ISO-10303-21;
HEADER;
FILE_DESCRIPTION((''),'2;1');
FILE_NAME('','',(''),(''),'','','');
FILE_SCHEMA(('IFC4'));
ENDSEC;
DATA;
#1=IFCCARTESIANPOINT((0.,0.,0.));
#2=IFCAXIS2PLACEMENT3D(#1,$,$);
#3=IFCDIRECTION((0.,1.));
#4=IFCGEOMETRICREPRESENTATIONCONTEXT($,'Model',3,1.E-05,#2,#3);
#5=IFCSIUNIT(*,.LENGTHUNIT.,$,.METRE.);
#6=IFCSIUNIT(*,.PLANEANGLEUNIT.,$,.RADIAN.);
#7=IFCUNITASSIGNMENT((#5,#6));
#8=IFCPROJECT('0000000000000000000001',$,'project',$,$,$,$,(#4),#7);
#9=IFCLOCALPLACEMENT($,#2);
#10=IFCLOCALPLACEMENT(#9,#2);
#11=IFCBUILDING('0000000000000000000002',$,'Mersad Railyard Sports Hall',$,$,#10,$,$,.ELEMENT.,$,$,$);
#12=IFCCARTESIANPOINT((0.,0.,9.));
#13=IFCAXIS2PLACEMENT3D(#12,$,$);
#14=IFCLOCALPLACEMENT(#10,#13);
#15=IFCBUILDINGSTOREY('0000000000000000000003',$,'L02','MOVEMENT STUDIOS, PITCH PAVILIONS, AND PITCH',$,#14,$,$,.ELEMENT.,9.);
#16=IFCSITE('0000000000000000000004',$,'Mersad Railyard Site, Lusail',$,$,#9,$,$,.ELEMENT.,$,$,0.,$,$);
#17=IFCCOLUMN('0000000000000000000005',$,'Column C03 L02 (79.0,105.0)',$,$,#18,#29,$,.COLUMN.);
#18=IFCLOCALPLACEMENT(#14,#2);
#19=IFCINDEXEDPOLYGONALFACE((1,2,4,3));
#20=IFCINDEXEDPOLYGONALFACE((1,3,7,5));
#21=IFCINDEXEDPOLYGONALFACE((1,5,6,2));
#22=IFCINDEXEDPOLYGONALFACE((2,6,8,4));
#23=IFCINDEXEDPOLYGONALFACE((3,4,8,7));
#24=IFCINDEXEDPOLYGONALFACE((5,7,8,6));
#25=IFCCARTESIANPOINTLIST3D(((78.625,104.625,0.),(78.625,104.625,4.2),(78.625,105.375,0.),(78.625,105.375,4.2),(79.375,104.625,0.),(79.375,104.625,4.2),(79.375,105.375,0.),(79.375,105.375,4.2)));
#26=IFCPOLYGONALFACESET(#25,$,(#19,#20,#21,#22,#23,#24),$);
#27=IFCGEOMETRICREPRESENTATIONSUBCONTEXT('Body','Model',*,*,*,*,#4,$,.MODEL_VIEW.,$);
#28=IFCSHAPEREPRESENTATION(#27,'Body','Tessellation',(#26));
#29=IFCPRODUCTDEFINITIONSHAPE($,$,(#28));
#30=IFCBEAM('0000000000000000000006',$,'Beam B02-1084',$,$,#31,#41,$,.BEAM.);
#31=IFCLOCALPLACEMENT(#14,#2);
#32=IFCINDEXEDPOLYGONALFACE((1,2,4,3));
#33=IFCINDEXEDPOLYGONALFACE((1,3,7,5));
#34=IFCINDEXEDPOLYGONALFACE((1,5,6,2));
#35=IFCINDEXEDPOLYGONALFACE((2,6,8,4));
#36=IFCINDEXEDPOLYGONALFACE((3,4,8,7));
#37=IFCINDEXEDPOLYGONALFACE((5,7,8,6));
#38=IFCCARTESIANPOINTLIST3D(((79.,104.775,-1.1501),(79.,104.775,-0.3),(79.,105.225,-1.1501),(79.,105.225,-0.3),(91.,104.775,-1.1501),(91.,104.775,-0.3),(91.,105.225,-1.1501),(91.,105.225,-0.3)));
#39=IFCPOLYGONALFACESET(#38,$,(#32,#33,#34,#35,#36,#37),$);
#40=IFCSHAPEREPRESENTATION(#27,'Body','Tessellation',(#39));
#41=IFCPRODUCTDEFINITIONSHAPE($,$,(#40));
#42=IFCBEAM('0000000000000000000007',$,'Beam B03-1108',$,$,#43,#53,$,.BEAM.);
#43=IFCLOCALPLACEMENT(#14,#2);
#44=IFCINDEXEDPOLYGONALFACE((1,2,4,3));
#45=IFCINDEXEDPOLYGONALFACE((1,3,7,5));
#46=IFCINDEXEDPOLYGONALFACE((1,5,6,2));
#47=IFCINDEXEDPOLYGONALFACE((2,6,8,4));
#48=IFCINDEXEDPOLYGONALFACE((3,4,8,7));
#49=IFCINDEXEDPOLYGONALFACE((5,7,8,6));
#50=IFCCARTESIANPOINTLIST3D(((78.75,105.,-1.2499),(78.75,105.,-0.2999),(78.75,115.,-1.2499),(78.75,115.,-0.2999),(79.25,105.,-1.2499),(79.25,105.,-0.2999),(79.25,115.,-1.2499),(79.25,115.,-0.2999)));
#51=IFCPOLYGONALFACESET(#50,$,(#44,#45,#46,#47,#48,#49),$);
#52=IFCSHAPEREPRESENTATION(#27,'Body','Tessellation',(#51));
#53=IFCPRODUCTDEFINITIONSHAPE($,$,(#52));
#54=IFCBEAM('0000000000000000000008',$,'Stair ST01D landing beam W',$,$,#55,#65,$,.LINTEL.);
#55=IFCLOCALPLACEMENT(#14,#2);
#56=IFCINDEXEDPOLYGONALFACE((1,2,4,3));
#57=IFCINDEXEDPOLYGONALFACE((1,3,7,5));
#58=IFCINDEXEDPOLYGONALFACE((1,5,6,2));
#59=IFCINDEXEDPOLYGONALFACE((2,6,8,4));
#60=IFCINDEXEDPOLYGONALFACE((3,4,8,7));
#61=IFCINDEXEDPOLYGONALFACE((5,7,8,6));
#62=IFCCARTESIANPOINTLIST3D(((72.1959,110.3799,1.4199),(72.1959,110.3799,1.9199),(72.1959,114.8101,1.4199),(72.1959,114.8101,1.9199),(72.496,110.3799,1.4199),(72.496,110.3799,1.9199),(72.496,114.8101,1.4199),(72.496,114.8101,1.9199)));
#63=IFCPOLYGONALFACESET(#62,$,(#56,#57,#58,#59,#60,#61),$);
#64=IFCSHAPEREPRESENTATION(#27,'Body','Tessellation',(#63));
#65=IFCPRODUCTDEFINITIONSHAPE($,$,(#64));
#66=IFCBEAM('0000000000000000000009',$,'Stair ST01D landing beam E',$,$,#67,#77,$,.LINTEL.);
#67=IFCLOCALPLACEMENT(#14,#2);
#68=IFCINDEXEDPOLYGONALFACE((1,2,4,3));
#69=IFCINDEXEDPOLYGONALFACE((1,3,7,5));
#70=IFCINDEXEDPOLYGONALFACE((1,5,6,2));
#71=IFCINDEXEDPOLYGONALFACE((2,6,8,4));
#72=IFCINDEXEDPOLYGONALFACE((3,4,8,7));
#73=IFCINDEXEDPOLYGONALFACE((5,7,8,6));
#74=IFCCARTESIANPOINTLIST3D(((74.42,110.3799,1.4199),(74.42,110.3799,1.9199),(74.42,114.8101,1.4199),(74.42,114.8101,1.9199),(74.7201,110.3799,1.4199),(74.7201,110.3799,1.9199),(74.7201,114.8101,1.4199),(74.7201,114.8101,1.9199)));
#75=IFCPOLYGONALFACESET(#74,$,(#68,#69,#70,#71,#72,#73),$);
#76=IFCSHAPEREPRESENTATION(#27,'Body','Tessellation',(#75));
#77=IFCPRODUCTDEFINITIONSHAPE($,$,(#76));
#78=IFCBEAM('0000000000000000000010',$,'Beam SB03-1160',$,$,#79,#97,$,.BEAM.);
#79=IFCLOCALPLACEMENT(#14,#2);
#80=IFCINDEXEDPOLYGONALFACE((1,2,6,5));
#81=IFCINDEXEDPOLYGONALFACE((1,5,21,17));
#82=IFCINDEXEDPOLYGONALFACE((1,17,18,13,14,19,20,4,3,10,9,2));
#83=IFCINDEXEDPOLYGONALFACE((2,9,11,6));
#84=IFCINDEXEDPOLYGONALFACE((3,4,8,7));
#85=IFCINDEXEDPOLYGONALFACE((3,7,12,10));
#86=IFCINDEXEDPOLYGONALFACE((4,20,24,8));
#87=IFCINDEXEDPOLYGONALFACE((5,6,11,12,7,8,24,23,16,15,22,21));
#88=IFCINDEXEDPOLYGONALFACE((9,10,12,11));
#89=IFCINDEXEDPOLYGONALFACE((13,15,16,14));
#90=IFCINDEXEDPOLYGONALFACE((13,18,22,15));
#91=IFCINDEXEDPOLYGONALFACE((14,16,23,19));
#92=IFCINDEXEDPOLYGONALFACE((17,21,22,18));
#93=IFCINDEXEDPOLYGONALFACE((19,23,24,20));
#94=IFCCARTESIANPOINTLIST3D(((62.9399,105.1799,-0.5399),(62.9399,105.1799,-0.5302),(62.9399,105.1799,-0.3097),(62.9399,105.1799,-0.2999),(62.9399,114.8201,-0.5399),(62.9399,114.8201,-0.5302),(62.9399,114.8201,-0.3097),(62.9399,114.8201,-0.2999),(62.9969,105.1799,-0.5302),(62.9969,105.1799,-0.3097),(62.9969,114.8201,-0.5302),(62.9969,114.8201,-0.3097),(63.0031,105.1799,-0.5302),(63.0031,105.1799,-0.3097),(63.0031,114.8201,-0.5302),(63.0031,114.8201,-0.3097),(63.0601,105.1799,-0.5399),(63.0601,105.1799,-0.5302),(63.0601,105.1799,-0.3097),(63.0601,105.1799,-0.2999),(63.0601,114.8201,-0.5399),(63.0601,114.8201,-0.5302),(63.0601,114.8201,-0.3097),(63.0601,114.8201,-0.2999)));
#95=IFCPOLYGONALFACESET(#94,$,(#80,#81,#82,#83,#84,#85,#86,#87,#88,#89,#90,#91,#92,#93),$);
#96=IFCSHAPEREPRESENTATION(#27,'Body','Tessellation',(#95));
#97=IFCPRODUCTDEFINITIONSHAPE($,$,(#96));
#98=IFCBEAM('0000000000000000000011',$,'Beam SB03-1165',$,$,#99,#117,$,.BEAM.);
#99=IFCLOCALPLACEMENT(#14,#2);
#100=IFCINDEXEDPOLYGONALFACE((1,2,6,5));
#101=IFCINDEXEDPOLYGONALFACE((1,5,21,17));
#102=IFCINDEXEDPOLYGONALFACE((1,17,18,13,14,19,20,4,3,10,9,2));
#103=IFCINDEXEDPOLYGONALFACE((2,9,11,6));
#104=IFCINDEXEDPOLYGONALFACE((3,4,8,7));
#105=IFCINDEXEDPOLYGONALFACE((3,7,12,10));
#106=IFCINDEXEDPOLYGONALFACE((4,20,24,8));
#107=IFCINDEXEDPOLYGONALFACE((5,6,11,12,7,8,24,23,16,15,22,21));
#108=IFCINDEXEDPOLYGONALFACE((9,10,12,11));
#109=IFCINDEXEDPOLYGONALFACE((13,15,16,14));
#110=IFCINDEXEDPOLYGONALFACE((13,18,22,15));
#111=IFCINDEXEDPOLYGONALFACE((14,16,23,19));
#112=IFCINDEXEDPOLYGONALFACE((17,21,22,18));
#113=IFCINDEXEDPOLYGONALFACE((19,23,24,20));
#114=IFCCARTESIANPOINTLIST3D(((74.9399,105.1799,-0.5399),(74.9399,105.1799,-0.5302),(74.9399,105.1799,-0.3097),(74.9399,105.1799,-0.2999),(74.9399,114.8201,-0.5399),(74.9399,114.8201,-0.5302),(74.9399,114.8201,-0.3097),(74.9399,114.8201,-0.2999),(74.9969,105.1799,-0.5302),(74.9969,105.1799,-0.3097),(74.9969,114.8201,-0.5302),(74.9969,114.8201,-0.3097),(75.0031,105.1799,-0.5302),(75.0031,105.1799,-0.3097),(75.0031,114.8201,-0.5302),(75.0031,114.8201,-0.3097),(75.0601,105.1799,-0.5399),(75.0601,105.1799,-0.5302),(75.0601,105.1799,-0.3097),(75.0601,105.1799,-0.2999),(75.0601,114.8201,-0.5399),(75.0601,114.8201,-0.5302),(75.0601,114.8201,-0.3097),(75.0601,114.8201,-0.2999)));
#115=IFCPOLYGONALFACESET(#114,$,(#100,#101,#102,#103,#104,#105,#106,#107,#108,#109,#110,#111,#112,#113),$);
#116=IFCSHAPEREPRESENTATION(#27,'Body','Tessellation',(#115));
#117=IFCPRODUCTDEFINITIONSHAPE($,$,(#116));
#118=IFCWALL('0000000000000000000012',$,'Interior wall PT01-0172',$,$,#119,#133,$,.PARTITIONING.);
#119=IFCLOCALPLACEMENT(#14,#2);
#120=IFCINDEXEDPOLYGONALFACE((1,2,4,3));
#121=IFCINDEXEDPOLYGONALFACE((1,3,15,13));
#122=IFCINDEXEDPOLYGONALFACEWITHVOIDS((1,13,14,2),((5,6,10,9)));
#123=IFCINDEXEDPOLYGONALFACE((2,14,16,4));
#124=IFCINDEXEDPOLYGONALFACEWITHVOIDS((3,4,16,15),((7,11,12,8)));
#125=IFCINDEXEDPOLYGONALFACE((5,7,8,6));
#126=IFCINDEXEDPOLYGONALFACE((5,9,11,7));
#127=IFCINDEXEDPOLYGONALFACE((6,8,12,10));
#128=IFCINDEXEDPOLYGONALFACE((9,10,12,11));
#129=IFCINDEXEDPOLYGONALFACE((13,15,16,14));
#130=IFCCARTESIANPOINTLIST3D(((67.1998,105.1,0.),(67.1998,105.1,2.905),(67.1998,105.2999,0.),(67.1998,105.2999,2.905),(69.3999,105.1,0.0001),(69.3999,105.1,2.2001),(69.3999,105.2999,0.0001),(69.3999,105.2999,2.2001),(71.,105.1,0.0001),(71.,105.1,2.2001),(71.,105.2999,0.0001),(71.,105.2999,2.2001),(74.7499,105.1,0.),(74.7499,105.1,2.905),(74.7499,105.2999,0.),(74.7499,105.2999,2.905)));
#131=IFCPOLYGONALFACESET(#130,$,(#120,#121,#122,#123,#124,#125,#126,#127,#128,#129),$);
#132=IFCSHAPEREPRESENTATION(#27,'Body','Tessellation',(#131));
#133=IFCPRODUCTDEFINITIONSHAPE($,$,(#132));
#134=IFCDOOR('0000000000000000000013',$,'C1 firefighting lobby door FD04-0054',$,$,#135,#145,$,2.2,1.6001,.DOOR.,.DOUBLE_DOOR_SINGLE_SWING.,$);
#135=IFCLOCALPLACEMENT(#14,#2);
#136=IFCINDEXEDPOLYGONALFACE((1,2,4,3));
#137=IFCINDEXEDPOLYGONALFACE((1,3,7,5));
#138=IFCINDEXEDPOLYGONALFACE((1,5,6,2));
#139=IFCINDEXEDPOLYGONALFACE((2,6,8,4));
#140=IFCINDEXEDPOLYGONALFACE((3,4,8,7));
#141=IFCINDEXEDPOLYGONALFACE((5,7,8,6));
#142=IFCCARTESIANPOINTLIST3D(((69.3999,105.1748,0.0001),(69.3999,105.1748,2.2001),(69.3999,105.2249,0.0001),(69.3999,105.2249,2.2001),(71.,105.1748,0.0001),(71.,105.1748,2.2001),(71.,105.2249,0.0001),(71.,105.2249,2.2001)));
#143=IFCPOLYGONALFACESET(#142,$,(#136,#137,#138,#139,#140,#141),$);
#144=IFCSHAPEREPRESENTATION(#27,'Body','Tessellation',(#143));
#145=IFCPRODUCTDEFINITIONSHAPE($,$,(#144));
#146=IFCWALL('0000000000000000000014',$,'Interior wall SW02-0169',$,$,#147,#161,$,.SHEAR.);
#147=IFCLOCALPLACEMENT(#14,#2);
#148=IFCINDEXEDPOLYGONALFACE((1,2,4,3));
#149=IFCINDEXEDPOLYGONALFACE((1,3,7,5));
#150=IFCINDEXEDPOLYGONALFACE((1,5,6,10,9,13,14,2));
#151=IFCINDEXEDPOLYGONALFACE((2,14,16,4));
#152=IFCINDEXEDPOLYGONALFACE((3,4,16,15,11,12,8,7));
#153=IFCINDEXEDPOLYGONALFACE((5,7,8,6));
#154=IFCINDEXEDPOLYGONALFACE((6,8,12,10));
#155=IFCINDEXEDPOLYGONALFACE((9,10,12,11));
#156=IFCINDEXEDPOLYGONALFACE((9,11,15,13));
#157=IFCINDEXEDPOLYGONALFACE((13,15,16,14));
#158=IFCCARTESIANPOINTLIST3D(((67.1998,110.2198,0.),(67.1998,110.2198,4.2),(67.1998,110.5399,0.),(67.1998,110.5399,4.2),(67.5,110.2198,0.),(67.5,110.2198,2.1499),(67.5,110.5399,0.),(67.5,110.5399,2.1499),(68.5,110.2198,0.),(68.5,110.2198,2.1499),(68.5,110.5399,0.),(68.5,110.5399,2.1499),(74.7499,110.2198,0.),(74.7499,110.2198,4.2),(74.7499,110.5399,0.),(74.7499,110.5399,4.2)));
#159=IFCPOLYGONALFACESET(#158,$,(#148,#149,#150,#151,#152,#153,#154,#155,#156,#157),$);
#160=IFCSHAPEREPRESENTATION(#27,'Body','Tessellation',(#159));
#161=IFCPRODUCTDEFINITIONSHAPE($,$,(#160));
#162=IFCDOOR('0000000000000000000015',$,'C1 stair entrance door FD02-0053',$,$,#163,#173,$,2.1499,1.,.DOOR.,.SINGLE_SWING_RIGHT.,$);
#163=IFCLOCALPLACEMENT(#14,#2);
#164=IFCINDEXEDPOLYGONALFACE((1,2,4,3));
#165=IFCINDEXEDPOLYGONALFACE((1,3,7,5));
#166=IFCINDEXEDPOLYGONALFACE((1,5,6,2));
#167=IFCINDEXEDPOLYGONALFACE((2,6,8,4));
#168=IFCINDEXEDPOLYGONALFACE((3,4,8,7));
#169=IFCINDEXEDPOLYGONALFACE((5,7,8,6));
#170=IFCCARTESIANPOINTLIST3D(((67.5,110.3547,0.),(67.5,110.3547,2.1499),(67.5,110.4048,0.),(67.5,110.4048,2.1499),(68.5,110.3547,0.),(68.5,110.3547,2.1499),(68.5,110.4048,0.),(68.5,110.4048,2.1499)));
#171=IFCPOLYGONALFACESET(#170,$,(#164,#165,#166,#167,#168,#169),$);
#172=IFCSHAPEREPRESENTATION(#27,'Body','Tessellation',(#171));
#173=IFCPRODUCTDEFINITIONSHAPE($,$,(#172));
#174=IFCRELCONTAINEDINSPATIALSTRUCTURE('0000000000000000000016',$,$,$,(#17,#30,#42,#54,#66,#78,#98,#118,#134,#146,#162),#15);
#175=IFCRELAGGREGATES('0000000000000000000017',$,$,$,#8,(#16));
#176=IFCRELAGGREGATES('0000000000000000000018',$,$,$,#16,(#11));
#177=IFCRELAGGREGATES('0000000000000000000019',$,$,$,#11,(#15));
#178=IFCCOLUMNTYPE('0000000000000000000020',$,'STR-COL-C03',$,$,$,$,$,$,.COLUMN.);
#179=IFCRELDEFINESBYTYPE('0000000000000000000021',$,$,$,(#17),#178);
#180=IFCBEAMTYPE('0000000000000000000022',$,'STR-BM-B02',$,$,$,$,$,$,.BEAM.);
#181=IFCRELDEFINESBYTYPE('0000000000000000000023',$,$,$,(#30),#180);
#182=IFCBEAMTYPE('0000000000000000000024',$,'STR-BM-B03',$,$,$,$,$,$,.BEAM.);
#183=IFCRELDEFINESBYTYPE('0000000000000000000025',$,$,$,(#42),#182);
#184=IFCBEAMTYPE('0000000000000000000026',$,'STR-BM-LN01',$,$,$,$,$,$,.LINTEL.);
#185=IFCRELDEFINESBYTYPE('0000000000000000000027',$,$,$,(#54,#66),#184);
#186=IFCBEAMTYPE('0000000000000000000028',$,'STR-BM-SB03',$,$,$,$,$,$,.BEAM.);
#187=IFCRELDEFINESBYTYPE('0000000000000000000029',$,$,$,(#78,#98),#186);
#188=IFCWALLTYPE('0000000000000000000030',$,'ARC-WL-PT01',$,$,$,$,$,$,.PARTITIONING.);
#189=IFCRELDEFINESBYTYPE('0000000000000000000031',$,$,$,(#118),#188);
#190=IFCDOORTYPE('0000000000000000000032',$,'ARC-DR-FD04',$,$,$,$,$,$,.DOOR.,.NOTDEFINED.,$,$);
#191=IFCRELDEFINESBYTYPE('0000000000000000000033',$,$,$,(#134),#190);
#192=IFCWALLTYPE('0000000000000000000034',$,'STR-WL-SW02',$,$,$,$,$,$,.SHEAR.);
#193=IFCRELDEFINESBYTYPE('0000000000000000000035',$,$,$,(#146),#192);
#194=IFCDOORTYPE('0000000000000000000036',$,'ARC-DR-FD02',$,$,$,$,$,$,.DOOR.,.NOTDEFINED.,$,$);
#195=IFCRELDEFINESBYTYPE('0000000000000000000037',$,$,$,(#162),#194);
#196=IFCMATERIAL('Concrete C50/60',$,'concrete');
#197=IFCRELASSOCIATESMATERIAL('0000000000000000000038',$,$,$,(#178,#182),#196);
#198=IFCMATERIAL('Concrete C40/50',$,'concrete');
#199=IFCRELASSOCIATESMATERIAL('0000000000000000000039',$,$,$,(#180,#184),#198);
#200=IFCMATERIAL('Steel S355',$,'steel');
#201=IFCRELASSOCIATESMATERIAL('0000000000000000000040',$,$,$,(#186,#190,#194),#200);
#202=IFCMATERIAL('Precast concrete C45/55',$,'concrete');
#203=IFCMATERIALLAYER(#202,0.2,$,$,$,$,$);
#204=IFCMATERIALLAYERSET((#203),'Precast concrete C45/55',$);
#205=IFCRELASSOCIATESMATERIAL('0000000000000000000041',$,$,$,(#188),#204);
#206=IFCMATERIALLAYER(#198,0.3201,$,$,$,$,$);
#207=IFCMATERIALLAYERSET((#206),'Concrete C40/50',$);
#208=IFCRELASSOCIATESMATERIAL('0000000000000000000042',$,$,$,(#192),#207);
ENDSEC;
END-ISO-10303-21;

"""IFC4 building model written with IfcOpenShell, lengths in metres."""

from ifc_helpers import new_model, si_unit, direction, frame, frame_2d, origin, origin_2d, place, context, subcontext, project, spatial, rectangle, i_section, extrude, material, layer, layer_set, material_profile, profile_set, type_object, element, fill, save


model = new_model("IFC4")

# Units and contexts
model_context = context("Model", 3, precision=1e-05, world=origin(), true_north=direction((0.0, 1.0)))
body_context = subcontext(model_context, "Body", "Model", "MODEL_VIEW")
ifc_project = project(units=[si_unit("LENGTHUNIT", "METRE"), si_unit("PLANEANGLEUNIT", "RADIAN")], contexts=[model_context])

# Site, building, storey
site_placement = place(None, origin())
site = spatial("IfcSite", under=ifc_project, at=site_placement, Name="Mersad Railyard Site, Lusail", CompositionType="ELEMENT", RefElevation=0.0)
building_placement = place(site_placement, origin())
building = spatial("IfcBuilding", under=site, at=building_placement, Name="Mersad Railyard Sports Hall", CompositionType="ELEMENT")
storey_placement = place(building_placement, frame((0.0, 0.0, 9.0)))
storey = spatial("IfcBuildingStorey", under=building, at=storey_placement, Name="L02", Description="MOVEMENT STUDIOS, PITCH PAVILIONS, AND PITCH", CompositionType="ELEMENT", Elevation=9.0)

# Column
ifc_material_1 = material(Name="Concrete C50/60", Category="concrete")
ifc_material_profile_1 = material_profile(ifc_material_1, rectangle(XDim=0.75, YDim=0.75, at=origin_2d()), Name="RC 750x750")
ifc_profile_set_1 = profile_set([ifc_material_profile_1], Name="Concrete C50/60")
column_type = type_object("IfcColumnType", Name="STR-COL-C03", PredefinedType="COLUMN", material=ifc_profile_set_1)
column_placement = place(storey_placement, frame((79.0, 105.0, 0.0), z_axis=(0.0, 0.0, 1.0), x_axis=(1.0, 0.0, 0.0)))
element("IfcColumn", 1, at=column_placement, inside=storey, type_object=column_type, Name="Column C03 L02 (79.0,105.0)", PredefinedType="COLUMN", context=body_context, shape_type="SweptSolid", body=[
    extrude(rectangle(XDim=0.75, YDim=0.75, at=origin_2d()), origin(), (0.0, 0.0, 1.0), 4.2),
])

# Beams
ifc_material_2 = material(Name="Concrete C40/50", Category="concrete")
ifc_material_profile_2 = material_profile(ifc_material_2, rectangle(XDim=0.45, YDim=0.8501, at=origin_2d()), Name="RC 450x850")
ifc_profile_set_2 = profile_set([ifc_material_profile_2], Name="Concrete C40/50")
beam_type_1 = type_object("IfcBeamType", Name="STR-BM-B02", PredefinedType="BEAM", material=ifc_profile_set_2)
beam_1_placement = place(storey_placement, frame((79.0, 105.0, -0.7251), z_axis=(1.0, 0.0, 0.0), x_axis=(0.0, 1.0, 0.0)))
element("IfcBeam", 2, at=beam_1_placement, inside=storey, type_object=beam_type_1, Name="Beam B02-1084", PredefinedType="BEAM", context=body_context, shape_type="SweptSolid", body=[
    extrude(rectangle(XDim=0.45, YDim=0.8501, at=origin_2d()), origin(), (0.0, 0.0, 1.0), 12.0),
])
ifc_material_profile_3 = material_profile(ifc_material_1, rectangle(XDim=0.5, YDim=0.95, at=origin_2d()), Name="RC 500x950")
ifc_profile_set_3 = profile_set([ifc_material_profile_3], Name="Concrete C50/60")
beam_type_2 = type_object("IfcBeamType", Name="STR-BM-B03", PredefinedType="BEAM", material=ifc_profile_set_3)
beam_2_placement = place(storey_placement, frame((79.0, 105.0, -0.7749), z_axis=(0.0, 1.0, 0.0), x_axis=(-1.0, 0.0, 0.0)))
element("IfcBeam", 3, at=beam_2_placement, inside=storey, type_object=beam_type_2, Name="Beam B03-1108", PredefinedType="BEAM", context=body_context, shape_type="SweptSolid", body=[
    extrude(rectangle(XDim=0.5, YDim=0.95, at=origin_2d()), origin(), (0.0, 0.0, 1.0), 10.0),
])
ifc_material_profile_4 = material_profile(ifc_material_2, rectangle(XDim=0.3, YDim=0.5, at=origin_2d()), Name="RC 300x500")
ifc_profile_set_4 = profile_set([ifc_material_profile_4], Name="Concrete C40/50")
beam_type_3 = type_object("IfcBeamType", Name="STR-BM-LN01", PredefinedType="LINTEL", material=ifc_profile_set_4)
for number, where, z_axis, x_axis, name in (
    (4, (72.3459, 110.3799, 1.6699), (0.0, 1.0, 0.0), (-1.0, 0.0, 0.0), "Stair ST01D landing beam W"),
    (5, (74.5701, 110.3799, 1.6699), (0.0, 1.0, 0.0), (-1.0, 0.0, 0.0), "Stair ST01D landing beam E"),
):
    element("IfcBeam", number, at=place(storey_placement, frame(where, z_axis=z_axis, x_axis=x_axis)), inside=storey, type_object=beam_type_3, Name=name, PredefinedType="LINTEL", context=body_context, shape_type="SweptSolid", body=[
        extrude(rectangle(XDim=0.3, YDim=0.5, at=origin_2d()), origin(), (0.0, 0.0, 1.0), 4.4302),
    ])
ifc_material_3 = material(Name="Steel S355", Category="steel")
ifc_material_profile_5 = material_profile(ifc_material_3, i_section(OverallWidth=0.1201, OverallDepth=0.24, WebThickness=0.0061, FlangeThickness=0.0098, at=origin_2d()), Name="IPE 240")
ifc_profile_set_5 = profile_set([ifc_material_profile_5], Name="Steel S355")
beam_type_4 = type_object("IfcBeamType", Name="STR-BM-SB03", PredefinedType="BEAM", material=ifc_profile_set_5)
for number, where, z_axis, x_axis, name in (
    (6, (63.0, 105.1799, -0.4199), (0.0, 1.0, 0.0), (-1.0, 0.0, 0.0), "Beam SB03-1160"),
    (7, (75.0, 105.1799, -0.4199), (0.0, 1.0, 0.0), (-1.0, 0.0, 0.0), "Beam SB03-1165"),
):
    element("IfcBeam", number, at=place(storey_placement, frame(where, z_axis=z_axis, x_axis=x_axis)), inside=storey, type_object=beam_type_4, Name=name, PredefinedType="BEAM", context=body_context, shape_type="SweptSolid", body=[
        extrude(i_section(OverallWidth=0.1201, OverallDepth=0.24, WebThickness=0.0061, FlangeThickness=0.0098, at=origin_2d()), origin(), (0.0, 0.0, 1.0), 9.6401),
    ])

# Walls, openings, doors
ifc_material_4 = material(Name="Precast concrete C45/55", Category="concrete")
ifc_layer_1 = layer(ifc_material_4, 0.2)
ifc_layer_set_1 = layer_set([ifc_layer_1], Name="Precast concrete C45/55")
wall_type_1 = type_object("IfcWallType", Name="ARC-WL-PT01", PredefinedType="PARTITIONING", material=ifc_layer_set_1)
wall_1_placement = place(storey_placement, frame((67.2, 105.2, 0.0), z_axis=(0.0, 0.0, 1.0), x_axis=(1.0, 0.0, 0.0)))
wall_1 = element("IfcWall", 8, at=wall_1_placement, inside=storey, type_object=wall_type_1, Name="Interior wall PT01-0172", PredefinedType="PARTITIONING", context=body_context, shape_type="SweptSolid", body=[
    extrude(rectangle(XDim=7.55, YDim=0.2, at=frame_2d((3.7749, 0.0))), origin(), (0.0, 0.0, 1.0), 2.905),
])
opening_1_placement = place(wall_1_placement, frame((2.2, 0.0, 0.0)))
opening_1 = element("IfcOpeningElement", 9, at=opening_1_placement, cuts=wall_1, PredefinedType="OPENING", context=body_context, shape_type="SweptSolid", body=[
    extrude(rectangle(XDim=1.6001, YDim=2.2, at=frame_2d((0.8, 1.1001))), frame((0.0, 0.1099, 0.0), z_axis=(0.0, -1.0, 0.0), x_axis=(1.0, 0.0, 0.0)), (0.0, 0.0, 1.0), 0.22),
])
door_type_1 = type_object("IfcDoorType", Name="ARC-DR-FD04", OperationType="NOTDEFINED", PredefinedType="DOOR", material=ifc_material_3)
door_1_placement = place(opening_1_placement, origin())
door_1 = element("IfcDoor", 10, at=door_1_placement, inside=storey, type_object=door_type_1, Name="C1 firefighting lobby door FD04-0054", OperationType="DOUBLE_DOOR_SINGLE_SWING", OverallHeight=2.2, OverallWidth=1.6001, PredefinedType="DOOR", context=body_context, shape_type="SweptSolid", body=[
    extrude(rectangle(XDim=1.6001, YDim=2.2, at=frame_2d((0.8, 1.1001))), frame((0.0, 0.0249, 0.0), z_axis=(0.0, -1.0, 0.0), x_axis=(1.0, 0.0, 0.0)), (0.0, 0.0, 1.0), 0.05),
])
fill(opening_1, door_1)
ifc_layer_2 = layer(ifc_material_2, 0.3201)
ifc_layer_set_2 = layer_set([ifc_layer_2], Name="Concrete C40/50")
wall_type_2 = type_object("IfcWallType", Name="STR-WL-SW02", PredefinedType="SHEAR", material=ifc_layer_set_2)
wall_2_placement = place(storey_placement, frame((67.2, 110.3799, 0.0), z_axis=(0.0, 0.0, 1.0), x_axis=(1.0, 0.0, 0.0)))
wall_2 = element("IfcWall", 11, at=wall_2_placement, inside=storey, type_object=wall_type_2, Name="Interior wall SW02-0169", PredefinedType="SHEAR", context=body_context, shape_type="SweptSolid", body=[
    extrude(rectangle(XDim=7.55, YDim=0.3201, at=frame_2d((3.7749, 0.0))), origin(), (0.0, 0.0, 1.0), 4.2),
])
opening_2_placement = place(wall_2_placement, frame((0.3, 0.0, 0.0)))
opening_2 = element("IfcOpeningElement", 12, at=opening_2_placement, cuts=wall_2, PredefinedType="OPENING", context=body_context, shape_type="SweptSolid", body=[
    extrude(rectangle(XDim=1.0, YDim=2.1499, at=frame_2d((0.5, 1.075))), frame((0.0, 0.1699, 0.0), z_axis=(0.0, -1.0, 0.0), x_axis=(1.0, 0.0, 0.0)), (0.0, 0.0, 1.0), 0.3401),
])
door_type_2 = type_object("IfcDoorType", Name="ARC-DR-FD02", OperationType="NOTDEFINED", PredefinedType="DOOR", material=ifc_material_3)
door_2_placement = place(opening_2_placement, origin())
door_2 = element("IfcDoor", 13, at=door_2_placement, inside=storey, type_object=door_type_2, Name="C1 stair entrance door FD02-0053", OperationType="SINGLE_SWING_RIGHT", OverallHeight=2.1499, OverallWidth=1.0, PredefinedType="DOOR", context=body_context, shape_type="SweptSolid", body=[
    extrude(rectangle(XDim=1.0, YDim=2.1499, at=frame_2d((0.5, 1.075))), frame((0.0, 0.0249, 0.0), z_axis=(0.0, -1.0, 0.0), x_axis=(1.0, 0.0, 0.0)), (0.0, 0.0, 1.0), 0.05),
])
fill(opening_2, door_2)

save(model, "model.ifc")
